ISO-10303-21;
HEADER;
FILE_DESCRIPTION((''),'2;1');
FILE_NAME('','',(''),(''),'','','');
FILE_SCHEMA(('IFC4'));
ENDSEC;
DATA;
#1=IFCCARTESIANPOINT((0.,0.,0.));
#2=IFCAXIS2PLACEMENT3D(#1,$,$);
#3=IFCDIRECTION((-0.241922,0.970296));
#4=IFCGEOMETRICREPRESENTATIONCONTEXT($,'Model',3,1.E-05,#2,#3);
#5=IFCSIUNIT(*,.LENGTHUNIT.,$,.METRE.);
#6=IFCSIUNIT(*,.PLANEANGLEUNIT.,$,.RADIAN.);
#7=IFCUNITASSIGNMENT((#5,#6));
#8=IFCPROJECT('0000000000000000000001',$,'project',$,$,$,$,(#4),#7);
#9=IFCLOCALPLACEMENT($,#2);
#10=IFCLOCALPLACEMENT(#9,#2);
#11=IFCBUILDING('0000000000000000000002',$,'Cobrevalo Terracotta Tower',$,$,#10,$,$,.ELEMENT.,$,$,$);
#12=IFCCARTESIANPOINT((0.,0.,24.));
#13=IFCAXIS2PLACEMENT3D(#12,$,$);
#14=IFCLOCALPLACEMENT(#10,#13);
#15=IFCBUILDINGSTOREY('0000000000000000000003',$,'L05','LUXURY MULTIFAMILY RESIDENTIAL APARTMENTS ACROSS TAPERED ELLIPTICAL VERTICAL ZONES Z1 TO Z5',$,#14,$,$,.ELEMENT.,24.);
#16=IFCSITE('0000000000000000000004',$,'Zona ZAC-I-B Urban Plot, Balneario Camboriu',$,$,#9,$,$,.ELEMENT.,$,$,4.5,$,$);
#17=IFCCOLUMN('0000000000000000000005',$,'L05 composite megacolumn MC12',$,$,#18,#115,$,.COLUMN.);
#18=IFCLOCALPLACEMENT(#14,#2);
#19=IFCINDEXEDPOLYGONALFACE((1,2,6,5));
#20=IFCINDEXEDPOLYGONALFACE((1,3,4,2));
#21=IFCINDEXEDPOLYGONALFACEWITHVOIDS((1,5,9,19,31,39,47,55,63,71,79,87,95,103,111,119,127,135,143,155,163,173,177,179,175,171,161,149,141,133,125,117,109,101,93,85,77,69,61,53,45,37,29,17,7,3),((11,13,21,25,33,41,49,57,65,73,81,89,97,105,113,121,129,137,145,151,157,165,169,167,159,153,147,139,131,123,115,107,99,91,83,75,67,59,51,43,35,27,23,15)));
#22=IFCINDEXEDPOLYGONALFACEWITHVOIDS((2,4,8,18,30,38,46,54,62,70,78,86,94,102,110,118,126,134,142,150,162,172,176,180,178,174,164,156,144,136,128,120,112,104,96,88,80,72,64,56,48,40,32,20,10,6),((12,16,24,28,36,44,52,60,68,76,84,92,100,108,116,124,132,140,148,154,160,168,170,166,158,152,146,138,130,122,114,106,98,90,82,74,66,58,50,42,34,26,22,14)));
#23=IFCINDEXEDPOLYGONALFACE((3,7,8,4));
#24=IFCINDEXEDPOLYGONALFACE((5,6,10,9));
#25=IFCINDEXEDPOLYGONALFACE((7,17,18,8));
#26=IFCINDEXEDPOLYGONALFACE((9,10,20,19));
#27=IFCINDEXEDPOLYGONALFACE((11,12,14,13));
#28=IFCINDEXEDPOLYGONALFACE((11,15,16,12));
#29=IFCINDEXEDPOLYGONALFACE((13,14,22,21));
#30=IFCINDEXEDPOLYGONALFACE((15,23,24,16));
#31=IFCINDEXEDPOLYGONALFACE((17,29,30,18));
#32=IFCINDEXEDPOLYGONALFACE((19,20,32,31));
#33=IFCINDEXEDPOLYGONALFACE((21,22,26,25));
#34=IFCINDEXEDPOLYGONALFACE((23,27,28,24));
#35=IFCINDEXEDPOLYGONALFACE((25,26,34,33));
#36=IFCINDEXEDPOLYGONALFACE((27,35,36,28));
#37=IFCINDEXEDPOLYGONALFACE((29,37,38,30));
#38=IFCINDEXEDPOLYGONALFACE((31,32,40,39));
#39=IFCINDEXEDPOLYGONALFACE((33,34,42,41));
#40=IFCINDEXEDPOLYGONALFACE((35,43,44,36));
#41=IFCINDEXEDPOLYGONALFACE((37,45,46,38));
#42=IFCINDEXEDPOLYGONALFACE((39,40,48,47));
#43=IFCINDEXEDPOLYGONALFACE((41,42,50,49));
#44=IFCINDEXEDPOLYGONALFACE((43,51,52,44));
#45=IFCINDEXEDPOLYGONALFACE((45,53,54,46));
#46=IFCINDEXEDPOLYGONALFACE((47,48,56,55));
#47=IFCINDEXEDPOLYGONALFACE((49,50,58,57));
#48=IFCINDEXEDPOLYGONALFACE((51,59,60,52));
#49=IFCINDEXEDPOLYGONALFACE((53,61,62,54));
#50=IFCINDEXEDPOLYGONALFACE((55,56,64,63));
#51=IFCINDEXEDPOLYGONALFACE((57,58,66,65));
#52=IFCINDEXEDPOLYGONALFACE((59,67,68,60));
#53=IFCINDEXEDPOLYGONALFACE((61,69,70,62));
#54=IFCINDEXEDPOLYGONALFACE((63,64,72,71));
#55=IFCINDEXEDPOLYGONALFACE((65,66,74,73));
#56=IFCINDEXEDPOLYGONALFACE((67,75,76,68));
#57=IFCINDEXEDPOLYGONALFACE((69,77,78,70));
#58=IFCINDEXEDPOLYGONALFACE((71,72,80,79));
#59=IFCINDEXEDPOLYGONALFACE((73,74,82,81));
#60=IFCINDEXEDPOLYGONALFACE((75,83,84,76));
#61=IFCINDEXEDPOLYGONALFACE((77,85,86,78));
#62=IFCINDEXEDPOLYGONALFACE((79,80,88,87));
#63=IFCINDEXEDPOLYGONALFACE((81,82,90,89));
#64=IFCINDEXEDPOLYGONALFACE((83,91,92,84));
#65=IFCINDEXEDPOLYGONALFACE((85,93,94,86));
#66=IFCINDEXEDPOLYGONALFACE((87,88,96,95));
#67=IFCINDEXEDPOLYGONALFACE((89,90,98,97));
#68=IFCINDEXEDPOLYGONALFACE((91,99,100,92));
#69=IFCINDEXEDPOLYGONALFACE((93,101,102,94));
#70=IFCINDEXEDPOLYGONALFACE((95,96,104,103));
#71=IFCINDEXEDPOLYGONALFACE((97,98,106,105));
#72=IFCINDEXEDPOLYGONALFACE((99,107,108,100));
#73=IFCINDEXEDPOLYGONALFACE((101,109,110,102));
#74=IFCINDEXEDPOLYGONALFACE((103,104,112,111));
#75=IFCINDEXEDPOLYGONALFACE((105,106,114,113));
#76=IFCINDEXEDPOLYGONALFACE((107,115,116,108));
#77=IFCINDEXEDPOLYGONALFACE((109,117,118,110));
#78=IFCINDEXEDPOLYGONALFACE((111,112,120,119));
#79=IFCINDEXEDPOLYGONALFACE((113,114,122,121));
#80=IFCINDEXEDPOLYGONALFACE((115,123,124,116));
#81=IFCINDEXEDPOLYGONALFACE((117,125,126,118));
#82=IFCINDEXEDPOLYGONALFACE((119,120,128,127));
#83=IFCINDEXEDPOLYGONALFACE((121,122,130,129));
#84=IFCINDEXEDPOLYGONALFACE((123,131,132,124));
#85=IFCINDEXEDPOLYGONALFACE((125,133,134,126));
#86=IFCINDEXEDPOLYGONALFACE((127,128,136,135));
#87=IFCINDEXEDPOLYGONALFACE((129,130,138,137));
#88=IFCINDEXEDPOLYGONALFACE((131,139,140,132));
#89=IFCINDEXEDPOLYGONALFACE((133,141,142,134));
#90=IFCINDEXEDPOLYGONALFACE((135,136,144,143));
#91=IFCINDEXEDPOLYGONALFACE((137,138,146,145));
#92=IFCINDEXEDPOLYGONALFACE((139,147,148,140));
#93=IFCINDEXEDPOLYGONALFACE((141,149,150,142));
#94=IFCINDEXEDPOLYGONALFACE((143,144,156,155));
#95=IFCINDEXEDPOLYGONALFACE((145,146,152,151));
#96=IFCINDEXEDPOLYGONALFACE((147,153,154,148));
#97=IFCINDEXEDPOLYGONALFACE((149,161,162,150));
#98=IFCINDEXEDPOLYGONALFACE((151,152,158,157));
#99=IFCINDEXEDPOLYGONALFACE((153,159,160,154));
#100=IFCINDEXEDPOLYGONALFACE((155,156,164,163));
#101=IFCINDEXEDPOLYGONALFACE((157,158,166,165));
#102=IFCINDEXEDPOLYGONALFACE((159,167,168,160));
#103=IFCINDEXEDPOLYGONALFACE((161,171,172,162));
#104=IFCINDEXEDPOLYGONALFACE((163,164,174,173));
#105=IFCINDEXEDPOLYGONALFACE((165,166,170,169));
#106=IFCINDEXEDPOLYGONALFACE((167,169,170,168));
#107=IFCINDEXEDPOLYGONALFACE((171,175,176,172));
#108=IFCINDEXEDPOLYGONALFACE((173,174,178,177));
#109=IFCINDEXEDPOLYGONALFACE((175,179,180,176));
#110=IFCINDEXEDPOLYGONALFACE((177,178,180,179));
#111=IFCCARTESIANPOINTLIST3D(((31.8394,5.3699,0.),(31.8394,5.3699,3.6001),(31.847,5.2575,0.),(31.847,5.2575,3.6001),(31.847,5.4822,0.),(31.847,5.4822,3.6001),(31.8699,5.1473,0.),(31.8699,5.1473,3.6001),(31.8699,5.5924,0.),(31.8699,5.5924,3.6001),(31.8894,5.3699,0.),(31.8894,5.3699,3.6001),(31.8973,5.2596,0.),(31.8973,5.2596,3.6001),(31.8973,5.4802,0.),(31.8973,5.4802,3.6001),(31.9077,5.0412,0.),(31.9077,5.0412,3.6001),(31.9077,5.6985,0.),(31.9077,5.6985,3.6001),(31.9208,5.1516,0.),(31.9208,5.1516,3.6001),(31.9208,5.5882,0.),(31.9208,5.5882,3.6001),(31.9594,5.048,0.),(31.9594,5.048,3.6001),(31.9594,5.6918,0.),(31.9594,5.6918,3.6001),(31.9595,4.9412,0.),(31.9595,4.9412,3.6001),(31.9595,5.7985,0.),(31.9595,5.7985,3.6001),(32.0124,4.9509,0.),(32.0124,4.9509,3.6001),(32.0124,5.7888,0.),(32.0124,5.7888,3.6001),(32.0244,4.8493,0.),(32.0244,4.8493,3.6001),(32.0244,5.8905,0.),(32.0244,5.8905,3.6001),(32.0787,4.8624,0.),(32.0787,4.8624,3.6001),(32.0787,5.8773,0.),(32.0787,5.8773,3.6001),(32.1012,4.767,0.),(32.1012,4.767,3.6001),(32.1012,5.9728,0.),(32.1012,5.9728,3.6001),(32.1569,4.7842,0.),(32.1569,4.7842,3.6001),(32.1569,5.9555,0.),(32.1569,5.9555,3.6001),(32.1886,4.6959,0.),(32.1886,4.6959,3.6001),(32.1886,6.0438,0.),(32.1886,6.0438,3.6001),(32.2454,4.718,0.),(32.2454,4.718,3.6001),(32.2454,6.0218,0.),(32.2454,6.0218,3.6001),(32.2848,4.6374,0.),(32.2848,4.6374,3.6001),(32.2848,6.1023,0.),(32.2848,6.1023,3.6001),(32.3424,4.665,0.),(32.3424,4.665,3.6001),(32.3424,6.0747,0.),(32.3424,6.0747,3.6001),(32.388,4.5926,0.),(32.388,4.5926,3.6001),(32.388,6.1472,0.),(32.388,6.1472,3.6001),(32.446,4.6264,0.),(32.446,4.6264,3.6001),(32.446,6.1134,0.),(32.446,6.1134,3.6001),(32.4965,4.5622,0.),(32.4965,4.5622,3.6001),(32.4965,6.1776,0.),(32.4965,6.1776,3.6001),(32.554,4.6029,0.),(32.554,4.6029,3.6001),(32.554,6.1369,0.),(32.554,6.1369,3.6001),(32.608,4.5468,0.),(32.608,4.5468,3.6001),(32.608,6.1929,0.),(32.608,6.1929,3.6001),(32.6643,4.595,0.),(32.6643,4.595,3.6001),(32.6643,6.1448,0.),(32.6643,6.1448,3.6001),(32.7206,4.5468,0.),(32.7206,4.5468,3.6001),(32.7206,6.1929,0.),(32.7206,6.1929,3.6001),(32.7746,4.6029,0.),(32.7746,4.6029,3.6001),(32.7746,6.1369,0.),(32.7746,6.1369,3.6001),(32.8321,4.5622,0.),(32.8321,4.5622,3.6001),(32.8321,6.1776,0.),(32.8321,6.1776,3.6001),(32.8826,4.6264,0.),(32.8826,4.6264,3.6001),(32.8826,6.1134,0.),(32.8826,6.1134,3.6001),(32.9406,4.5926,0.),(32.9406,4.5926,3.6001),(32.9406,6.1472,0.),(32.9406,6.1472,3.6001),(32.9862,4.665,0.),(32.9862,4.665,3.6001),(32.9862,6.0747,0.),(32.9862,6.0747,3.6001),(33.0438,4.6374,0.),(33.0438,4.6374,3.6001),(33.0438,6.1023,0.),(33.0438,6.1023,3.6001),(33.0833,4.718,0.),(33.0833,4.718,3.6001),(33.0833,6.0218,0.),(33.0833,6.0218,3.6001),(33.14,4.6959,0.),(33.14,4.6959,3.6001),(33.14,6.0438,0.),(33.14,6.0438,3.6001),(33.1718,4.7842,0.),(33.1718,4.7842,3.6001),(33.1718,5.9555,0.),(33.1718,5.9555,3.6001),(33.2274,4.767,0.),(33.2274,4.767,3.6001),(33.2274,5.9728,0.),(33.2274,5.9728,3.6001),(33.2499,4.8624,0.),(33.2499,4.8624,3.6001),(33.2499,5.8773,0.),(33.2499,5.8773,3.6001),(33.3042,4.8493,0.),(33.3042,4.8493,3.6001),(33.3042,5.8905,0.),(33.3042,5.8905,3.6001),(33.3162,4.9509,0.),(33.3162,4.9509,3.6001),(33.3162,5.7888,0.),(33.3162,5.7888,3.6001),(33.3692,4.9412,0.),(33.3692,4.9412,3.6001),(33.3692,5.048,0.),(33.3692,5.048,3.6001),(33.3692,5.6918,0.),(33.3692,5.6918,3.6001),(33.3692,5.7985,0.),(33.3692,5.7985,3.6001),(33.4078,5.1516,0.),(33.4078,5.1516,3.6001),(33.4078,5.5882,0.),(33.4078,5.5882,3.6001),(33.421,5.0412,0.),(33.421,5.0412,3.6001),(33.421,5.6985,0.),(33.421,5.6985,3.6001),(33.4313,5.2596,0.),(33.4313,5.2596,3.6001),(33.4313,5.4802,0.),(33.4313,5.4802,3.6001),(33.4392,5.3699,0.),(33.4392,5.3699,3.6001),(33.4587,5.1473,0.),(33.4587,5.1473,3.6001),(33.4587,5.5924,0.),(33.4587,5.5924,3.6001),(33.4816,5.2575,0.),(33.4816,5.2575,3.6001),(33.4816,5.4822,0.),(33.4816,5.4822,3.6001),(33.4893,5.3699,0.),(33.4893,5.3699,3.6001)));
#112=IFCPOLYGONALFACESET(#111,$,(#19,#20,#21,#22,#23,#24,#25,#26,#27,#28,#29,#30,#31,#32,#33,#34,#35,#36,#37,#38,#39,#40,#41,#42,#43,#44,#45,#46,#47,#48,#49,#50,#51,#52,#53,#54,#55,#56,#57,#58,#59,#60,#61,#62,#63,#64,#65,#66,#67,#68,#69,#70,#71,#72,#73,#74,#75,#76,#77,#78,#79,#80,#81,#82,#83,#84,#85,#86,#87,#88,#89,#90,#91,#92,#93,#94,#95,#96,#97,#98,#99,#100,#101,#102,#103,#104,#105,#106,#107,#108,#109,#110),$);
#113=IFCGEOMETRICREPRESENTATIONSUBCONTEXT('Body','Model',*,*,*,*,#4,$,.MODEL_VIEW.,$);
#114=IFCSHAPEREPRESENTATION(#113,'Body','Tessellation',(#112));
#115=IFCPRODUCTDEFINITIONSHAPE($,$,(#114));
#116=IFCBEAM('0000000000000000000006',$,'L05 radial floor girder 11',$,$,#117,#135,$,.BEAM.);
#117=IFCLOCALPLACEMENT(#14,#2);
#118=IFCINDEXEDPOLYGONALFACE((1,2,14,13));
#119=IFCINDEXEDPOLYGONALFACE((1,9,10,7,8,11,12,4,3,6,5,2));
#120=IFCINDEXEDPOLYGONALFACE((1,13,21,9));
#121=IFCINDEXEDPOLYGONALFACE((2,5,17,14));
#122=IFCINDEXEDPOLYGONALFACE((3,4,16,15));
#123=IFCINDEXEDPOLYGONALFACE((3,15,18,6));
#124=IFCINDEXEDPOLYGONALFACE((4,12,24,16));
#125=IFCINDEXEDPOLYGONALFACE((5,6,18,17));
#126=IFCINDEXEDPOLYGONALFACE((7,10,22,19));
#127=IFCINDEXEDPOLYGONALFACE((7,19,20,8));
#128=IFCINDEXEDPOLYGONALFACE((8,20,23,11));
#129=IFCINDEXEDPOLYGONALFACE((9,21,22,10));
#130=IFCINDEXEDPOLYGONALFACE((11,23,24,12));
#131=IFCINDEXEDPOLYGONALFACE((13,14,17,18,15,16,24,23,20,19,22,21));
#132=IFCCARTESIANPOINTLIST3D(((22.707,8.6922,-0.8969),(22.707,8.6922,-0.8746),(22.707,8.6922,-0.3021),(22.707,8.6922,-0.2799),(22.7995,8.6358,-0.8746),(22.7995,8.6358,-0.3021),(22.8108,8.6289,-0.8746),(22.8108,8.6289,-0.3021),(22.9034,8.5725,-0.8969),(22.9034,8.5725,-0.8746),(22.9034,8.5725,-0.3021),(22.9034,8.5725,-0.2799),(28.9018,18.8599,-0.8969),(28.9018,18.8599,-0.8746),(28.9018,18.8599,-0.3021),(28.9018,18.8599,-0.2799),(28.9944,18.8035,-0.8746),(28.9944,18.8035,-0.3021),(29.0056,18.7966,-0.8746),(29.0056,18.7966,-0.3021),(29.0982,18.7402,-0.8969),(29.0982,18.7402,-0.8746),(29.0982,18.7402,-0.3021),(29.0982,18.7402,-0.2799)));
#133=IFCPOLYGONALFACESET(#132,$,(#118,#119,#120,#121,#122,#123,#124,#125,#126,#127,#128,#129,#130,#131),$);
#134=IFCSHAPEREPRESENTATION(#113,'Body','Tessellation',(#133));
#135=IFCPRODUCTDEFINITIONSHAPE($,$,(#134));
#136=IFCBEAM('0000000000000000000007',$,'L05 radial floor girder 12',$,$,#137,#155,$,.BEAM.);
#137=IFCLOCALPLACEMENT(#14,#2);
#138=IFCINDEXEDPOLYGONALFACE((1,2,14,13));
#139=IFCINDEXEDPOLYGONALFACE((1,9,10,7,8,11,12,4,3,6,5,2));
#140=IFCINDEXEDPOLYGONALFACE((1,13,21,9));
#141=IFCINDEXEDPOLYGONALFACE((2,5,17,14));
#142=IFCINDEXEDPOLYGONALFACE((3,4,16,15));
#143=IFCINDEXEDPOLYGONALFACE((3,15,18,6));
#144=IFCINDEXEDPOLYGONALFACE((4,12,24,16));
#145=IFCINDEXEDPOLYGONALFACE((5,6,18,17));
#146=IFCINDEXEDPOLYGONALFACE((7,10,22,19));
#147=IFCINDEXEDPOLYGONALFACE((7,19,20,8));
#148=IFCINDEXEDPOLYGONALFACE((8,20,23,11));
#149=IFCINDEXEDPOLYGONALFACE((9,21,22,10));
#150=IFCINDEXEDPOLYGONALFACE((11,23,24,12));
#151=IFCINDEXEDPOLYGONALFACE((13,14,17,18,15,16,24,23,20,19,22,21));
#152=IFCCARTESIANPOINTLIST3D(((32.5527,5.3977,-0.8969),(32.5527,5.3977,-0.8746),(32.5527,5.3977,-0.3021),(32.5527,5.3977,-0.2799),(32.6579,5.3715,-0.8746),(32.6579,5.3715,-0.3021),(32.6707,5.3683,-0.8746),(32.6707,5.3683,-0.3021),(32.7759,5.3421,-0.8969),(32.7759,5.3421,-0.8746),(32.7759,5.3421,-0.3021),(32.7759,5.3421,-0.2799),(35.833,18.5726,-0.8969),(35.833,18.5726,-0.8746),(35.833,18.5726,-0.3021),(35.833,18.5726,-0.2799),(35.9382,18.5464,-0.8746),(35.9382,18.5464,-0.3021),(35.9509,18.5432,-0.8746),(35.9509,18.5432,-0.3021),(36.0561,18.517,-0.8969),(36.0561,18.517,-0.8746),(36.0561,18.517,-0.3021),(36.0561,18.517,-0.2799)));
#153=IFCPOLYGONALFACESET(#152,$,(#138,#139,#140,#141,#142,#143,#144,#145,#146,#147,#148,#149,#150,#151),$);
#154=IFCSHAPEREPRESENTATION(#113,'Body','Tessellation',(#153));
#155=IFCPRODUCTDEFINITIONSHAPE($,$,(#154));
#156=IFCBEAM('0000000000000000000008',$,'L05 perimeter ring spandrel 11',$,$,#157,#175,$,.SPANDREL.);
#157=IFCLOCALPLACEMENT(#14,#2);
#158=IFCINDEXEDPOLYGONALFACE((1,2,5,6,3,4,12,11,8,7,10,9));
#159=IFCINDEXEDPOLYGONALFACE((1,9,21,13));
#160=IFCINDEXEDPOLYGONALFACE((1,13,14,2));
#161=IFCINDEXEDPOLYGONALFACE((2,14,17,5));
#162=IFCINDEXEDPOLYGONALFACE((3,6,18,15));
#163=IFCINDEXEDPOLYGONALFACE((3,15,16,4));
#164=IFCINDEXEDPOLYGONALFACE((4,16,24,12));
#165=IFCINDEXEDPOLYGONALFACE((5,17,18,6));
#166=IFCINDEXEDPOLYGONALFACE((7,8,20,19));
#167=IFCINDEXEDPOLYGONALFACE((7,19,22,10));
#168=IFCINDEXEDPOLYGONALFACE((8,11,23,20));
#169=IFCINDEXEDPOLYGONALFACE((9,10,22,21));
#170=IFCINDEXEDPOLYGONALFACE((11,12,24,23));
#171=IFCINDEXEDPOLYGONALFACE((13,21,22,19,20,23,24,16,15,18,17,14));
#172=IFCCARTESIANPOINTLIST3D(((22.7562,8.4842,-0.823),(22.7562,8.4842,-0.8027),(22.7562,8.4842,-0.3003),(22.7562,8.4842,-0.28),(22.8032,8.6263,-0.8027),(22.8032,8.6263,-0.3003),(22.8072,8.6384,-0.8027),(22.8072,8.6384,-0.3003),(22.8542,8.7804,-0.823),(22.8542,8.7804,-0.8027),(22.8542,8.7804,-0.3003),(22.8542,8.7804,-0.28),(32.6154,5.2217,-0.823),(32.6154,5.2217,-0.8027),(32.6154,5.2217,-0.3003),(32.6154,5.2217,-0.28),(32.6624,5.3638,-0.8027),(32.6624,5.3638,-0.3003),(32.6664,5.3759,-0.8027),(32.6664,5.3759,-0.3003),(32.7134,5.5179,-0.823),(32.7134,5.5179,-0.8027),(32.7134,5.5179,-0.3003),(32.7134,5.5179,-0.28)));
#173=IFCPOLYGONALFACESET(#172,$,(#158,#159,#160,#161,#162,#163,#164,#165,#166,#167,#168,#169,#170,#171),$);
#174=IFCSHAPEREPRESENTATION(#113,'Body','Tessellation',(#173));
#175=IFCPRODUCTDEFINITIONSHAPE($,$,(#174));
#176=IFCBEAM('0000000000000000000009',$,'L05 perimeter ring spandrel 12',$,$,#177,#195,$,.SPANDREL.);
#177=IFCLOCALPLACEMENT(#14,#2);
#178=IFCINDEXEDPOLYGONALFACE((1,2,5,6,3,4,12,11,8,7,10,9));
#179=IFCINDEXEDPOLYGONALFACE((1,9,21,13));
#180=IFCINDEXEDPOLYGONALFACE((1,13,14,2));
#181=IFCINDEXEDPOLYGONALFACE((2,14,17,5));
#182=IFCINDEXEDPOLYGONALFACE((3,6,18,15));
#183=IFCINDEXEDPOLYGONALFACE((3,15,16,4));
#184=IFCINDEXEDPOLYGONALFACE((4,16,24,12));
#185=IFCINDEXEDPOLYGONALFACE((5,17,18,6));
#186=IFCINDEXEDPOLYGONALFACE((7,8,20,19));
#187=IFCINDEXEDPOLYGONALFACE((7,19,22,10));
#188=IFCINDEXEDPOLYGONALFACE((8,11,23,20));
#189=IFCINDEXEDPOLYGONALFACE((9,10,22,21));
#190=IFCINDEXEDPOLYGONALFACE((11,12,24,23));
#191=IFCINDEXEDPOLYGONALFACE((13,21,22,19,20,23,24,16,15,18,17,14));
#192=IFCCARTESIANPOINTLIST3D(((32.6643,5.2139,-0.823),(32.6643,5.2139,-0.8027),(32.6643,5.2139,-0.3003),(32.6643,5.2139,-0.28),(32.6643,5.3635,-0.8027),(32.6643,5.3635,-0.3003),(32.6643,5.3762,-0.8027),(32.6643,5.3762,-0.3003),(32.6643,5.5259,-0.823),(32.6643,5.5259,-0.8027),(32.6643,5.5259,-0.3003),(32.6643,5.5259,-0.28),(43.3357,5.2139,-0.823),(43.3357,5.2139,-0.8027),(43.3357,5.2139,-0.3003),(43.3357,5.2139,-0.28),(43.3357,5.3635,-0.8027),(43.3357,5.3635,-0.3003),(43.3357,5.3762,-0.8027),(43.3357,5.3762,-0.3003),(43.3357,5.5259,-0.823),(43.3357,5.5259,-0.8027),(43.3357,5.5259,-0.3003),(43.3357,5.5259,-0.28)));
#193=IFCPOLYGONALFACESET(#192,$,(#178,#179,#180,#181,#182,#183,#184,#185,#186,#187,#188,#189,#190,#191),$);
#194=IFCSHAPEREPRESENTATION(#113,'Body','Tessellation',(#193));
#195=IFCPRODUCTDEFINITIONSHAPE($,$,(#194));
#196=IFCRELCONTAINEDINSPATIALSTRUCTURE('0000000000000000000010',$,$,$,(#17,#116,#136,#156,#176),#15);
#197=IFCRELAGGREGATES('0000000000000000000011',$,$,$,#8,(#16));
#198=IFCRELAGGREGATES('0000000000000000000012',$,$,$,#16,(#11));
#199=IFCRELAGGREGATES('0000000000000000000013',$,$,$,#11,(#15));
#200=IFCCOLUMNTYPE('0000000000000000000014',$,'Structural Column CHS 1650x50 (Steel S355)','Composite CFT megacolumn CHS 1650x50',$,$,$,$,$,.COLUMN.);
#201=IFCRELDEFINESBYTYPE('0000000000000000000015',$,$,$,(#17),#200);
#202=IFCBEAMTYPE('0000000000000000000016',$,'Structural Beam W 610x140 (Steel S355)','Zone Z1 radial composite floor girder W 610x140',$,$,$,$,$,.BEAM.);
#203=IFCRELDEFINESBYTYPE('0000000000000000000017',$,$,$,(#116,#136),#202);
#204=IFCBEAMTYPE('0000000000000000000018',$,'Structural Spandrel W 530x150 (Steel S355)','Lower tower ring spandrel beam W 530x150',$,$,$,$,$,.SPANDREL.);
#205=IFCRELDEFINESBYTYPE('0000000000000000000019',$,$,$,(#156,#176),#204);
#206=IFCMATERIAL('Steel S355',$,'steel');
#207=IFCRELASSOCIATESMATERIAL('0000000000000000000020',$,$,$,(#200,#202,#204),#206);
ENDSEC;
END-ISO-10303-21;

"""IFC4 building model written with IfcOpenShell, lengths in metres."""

from ifc_helpers import new_model, si_unit, direction, frame, origin, origin_2d, place, context, subcontext, project, spatial, hollow_circle, i_section, extrude, material, material_profile, profile_set, type_object, element, save


model = new_model("IFC4")

# Units and contexts
model_context = context("Model", 3, precision=1e-05, world=origin(), true_north=direction((-0.241922, 0.970296)))
body_context = subcontext(model_context, "Body", "Model", "MODEL_VIEW")
ifc_project = project(units=[si_unit("LENGTHUNIT", "METRE"), si_unit("PLANEANGLEUNIT", "RADIAN")], contexts=[model_context])

# Site, building, storey
site_placement = place(None, origin())
site = spatial("IfcSite", under=ifc_project, at=site_placement, Name="Zona ZAC-I-B Urban Plot, Balneario Camboriu", CompositionType="ELEMENT", RefElevation=4.5)
building_placement = place(site_placement, origin())
building = spatial("IfcBuilding", under=site, at=building_placement, Name="Cobrevalo Terracotta Tower", CompositionType="ELEMENT")
storey_placement = place(building_placement, frame((0.0, 0.0, 24.0)))
storey = spatial("IfcBuildingStorey", under=building, at=storey_placement, Name="L05", Description="LUXURY MULTIFAMILY RESIDENTIAL APARTMENTS ACROSS TAPERED ELLIPTICAL VERTICAL ZONES Z1 TO Z5", CompositionType="ELEMENT", Elevation=24.0)

# Column
ifc_material_1 = material(Name="Steel S355", Category="steel")
ifc_material_profile_1 = material_profile(ifc_material_1, hollow_circle(Radius=0.825, WallThickness=0.05, at=origin_2d()), Name="CHS 1650x50")
ifc_profile_set_1 = profile_set([ifc_material_profile_1], Name="Steel S355")
column_type = type_object("IfcColumnType", Name="Structural Column CHS 1650x50 (Steel S355)", Description="Composite CFT megacolumn CHS 1650x50", PredefinedType="COLUMN", material=ifc_profile_set_1)
for number, where, z_axis, x_axis, name in (
    (1, (32.6643, 5.3699, 0.0), (0.0, 0.0, 1.0), (1.0, 0.0, 0.0), "L05 composite megacolumn MC12"),
):
    element("IfcColumn", number, at=place(storey_placement, frame(where, z_axis=z_axis, x_axis=x_axis)), inside=storey, type_object=column_type, Name=name, PredefinedType="COLUMN", context=body_context, shape_type="SweptSolid", body=[
        extrude(hollow_circle(Radius=0.825, WallThickness=0.05, at=origin_2d()), origin(), (0.0, 0.0, 1.0), 3.6001),
    ])

# Beams
ifc_material_profile_2 = material_profile(ifc_material_1, i_section(OverallWidth=0.23, OverallDepth=0.6169, WebThickness=0.0132, FlangeThickness=0.0222, at=origin_2d()), Name="W 610x140")
ifc_profile_set_2 = profile_set([ifc_material_profile_2], Name="Steel S355")
beam_type_1 = type_object("IfcBeamType", Name="Structural Beam W 610x140 (Steel S355)", Description="Zone Z1 radial composite floor girder W 610x140", PredefinedType="BEAM", material=ifc_profile_set_2)
beam_1_placement = place(storey_placement, frame((22.8052, 8.6323, -0.5884), z_axis=(0.520301, 0.853983, 0.0), x_axis=(-0.853983, 0.520301, 0.0)))
element("IfcBeam", 2, at=beam_1_placement, inside=storey, type_object=beam_type_1, Name="L05 radial floor girder 11", PredefinedType="BEAM", context=body_context, shape_type="SweptSolid", body=[
    extrude(i_section(OverallWidth=0.23, OverallDepth=0.6169, WebThickness=0.0132, FlangeThickness=0.0222, at=origin_2d()), origin(), (0.0, 0.0, 1.0), 11.9062),
])
beam_2_placement = place(storey_placement, frame((32.6643, 5.3699, -0.5884), z_axis=(0.2416, 0.970376, 0.0), x_axis=(-0.970376, 0.2416, 0.0)))
element("IfcBeam", 3, at=beam_2_placement, inside=storey, type_object=beam_type_1, Name="L05 radial floor girder 12", PredefinedType="BEAM", context=body_context, shape_type="SweptSolid", body=[
    extrude(i_section(OverallWidth=0.23, OverallDepth=0.6169, WebThickness=0.0132, FlangeThickness=0.0222, at=origin_2d()), origin(), (0.0, 0.0, 1.0), 13.5771),
])
ifc_material_profile_3 = material_profile(ifc_material_1, i_section(OverallWidth=0.312, OverallDepth=0.543, WebThickness=0.0127, FlangeThickness=0.0203, at=origin_2d()), Name="W 530x150")
ifc_profile_set_3 = profile_set([ifc_material_profile_3], Name="Steel S355")
beam_type_2 = type_object("IfcBeamType", Name="Structural Spandrel W 530x150 (Steel S355)", Description="Lower tower ring spandrel beam W 530x150", PredefinedType="SPANDREL", material=ifc_profile_set_3)
beam_3_placement = place(storey_placement, frame((22.8052, 8.6323, -0.5515), z_axis=(0.949372, -0.314153, 0.0), x_axis=(0.314153, 0.949372, 0.0)))
element("IfcBeam", 4, at=beam_3_placement, inside=storey, type_object=beam_type_2, Name="L05 perimeter ring spandrel 11", PredefinedType="SPANDREL", context=body_context, shape_type="SweptSolid", body=[
    extrude(i_section(OverallWidth=0.312, OverallDepth=0.543, WebThickness=0.0127, FlangeThickness=0.0203, at=origin_2d()), origin(), (0.0, 0.0, 1.0), 10.385),
])
beam_4_placement = place(storey_placement, frame((32.6643, 5.3699, -0.5515), z_axis=(1.0, 0.0, 0.0), x_axis=(0.0, 1.0, 0.0)))
element("IfcBeam", 5, at=beam_4_placement, inside=storey, type_object=beam_type_2, Name="L05 perimeter ring spandrel 12", PredefinedType="SPANDREL", context=body_context, shape_type="SweptSolid", body=[
    extrude(i_section(OverallWidth=0.312, OverallDepth=0.543, WebThickness=0.0127, FlangeThickness=0.0203, at=origin_2d()), origin(), (0.0, 0.0, 1.0), 10.6714),
])

save(model, "model.ifc")
